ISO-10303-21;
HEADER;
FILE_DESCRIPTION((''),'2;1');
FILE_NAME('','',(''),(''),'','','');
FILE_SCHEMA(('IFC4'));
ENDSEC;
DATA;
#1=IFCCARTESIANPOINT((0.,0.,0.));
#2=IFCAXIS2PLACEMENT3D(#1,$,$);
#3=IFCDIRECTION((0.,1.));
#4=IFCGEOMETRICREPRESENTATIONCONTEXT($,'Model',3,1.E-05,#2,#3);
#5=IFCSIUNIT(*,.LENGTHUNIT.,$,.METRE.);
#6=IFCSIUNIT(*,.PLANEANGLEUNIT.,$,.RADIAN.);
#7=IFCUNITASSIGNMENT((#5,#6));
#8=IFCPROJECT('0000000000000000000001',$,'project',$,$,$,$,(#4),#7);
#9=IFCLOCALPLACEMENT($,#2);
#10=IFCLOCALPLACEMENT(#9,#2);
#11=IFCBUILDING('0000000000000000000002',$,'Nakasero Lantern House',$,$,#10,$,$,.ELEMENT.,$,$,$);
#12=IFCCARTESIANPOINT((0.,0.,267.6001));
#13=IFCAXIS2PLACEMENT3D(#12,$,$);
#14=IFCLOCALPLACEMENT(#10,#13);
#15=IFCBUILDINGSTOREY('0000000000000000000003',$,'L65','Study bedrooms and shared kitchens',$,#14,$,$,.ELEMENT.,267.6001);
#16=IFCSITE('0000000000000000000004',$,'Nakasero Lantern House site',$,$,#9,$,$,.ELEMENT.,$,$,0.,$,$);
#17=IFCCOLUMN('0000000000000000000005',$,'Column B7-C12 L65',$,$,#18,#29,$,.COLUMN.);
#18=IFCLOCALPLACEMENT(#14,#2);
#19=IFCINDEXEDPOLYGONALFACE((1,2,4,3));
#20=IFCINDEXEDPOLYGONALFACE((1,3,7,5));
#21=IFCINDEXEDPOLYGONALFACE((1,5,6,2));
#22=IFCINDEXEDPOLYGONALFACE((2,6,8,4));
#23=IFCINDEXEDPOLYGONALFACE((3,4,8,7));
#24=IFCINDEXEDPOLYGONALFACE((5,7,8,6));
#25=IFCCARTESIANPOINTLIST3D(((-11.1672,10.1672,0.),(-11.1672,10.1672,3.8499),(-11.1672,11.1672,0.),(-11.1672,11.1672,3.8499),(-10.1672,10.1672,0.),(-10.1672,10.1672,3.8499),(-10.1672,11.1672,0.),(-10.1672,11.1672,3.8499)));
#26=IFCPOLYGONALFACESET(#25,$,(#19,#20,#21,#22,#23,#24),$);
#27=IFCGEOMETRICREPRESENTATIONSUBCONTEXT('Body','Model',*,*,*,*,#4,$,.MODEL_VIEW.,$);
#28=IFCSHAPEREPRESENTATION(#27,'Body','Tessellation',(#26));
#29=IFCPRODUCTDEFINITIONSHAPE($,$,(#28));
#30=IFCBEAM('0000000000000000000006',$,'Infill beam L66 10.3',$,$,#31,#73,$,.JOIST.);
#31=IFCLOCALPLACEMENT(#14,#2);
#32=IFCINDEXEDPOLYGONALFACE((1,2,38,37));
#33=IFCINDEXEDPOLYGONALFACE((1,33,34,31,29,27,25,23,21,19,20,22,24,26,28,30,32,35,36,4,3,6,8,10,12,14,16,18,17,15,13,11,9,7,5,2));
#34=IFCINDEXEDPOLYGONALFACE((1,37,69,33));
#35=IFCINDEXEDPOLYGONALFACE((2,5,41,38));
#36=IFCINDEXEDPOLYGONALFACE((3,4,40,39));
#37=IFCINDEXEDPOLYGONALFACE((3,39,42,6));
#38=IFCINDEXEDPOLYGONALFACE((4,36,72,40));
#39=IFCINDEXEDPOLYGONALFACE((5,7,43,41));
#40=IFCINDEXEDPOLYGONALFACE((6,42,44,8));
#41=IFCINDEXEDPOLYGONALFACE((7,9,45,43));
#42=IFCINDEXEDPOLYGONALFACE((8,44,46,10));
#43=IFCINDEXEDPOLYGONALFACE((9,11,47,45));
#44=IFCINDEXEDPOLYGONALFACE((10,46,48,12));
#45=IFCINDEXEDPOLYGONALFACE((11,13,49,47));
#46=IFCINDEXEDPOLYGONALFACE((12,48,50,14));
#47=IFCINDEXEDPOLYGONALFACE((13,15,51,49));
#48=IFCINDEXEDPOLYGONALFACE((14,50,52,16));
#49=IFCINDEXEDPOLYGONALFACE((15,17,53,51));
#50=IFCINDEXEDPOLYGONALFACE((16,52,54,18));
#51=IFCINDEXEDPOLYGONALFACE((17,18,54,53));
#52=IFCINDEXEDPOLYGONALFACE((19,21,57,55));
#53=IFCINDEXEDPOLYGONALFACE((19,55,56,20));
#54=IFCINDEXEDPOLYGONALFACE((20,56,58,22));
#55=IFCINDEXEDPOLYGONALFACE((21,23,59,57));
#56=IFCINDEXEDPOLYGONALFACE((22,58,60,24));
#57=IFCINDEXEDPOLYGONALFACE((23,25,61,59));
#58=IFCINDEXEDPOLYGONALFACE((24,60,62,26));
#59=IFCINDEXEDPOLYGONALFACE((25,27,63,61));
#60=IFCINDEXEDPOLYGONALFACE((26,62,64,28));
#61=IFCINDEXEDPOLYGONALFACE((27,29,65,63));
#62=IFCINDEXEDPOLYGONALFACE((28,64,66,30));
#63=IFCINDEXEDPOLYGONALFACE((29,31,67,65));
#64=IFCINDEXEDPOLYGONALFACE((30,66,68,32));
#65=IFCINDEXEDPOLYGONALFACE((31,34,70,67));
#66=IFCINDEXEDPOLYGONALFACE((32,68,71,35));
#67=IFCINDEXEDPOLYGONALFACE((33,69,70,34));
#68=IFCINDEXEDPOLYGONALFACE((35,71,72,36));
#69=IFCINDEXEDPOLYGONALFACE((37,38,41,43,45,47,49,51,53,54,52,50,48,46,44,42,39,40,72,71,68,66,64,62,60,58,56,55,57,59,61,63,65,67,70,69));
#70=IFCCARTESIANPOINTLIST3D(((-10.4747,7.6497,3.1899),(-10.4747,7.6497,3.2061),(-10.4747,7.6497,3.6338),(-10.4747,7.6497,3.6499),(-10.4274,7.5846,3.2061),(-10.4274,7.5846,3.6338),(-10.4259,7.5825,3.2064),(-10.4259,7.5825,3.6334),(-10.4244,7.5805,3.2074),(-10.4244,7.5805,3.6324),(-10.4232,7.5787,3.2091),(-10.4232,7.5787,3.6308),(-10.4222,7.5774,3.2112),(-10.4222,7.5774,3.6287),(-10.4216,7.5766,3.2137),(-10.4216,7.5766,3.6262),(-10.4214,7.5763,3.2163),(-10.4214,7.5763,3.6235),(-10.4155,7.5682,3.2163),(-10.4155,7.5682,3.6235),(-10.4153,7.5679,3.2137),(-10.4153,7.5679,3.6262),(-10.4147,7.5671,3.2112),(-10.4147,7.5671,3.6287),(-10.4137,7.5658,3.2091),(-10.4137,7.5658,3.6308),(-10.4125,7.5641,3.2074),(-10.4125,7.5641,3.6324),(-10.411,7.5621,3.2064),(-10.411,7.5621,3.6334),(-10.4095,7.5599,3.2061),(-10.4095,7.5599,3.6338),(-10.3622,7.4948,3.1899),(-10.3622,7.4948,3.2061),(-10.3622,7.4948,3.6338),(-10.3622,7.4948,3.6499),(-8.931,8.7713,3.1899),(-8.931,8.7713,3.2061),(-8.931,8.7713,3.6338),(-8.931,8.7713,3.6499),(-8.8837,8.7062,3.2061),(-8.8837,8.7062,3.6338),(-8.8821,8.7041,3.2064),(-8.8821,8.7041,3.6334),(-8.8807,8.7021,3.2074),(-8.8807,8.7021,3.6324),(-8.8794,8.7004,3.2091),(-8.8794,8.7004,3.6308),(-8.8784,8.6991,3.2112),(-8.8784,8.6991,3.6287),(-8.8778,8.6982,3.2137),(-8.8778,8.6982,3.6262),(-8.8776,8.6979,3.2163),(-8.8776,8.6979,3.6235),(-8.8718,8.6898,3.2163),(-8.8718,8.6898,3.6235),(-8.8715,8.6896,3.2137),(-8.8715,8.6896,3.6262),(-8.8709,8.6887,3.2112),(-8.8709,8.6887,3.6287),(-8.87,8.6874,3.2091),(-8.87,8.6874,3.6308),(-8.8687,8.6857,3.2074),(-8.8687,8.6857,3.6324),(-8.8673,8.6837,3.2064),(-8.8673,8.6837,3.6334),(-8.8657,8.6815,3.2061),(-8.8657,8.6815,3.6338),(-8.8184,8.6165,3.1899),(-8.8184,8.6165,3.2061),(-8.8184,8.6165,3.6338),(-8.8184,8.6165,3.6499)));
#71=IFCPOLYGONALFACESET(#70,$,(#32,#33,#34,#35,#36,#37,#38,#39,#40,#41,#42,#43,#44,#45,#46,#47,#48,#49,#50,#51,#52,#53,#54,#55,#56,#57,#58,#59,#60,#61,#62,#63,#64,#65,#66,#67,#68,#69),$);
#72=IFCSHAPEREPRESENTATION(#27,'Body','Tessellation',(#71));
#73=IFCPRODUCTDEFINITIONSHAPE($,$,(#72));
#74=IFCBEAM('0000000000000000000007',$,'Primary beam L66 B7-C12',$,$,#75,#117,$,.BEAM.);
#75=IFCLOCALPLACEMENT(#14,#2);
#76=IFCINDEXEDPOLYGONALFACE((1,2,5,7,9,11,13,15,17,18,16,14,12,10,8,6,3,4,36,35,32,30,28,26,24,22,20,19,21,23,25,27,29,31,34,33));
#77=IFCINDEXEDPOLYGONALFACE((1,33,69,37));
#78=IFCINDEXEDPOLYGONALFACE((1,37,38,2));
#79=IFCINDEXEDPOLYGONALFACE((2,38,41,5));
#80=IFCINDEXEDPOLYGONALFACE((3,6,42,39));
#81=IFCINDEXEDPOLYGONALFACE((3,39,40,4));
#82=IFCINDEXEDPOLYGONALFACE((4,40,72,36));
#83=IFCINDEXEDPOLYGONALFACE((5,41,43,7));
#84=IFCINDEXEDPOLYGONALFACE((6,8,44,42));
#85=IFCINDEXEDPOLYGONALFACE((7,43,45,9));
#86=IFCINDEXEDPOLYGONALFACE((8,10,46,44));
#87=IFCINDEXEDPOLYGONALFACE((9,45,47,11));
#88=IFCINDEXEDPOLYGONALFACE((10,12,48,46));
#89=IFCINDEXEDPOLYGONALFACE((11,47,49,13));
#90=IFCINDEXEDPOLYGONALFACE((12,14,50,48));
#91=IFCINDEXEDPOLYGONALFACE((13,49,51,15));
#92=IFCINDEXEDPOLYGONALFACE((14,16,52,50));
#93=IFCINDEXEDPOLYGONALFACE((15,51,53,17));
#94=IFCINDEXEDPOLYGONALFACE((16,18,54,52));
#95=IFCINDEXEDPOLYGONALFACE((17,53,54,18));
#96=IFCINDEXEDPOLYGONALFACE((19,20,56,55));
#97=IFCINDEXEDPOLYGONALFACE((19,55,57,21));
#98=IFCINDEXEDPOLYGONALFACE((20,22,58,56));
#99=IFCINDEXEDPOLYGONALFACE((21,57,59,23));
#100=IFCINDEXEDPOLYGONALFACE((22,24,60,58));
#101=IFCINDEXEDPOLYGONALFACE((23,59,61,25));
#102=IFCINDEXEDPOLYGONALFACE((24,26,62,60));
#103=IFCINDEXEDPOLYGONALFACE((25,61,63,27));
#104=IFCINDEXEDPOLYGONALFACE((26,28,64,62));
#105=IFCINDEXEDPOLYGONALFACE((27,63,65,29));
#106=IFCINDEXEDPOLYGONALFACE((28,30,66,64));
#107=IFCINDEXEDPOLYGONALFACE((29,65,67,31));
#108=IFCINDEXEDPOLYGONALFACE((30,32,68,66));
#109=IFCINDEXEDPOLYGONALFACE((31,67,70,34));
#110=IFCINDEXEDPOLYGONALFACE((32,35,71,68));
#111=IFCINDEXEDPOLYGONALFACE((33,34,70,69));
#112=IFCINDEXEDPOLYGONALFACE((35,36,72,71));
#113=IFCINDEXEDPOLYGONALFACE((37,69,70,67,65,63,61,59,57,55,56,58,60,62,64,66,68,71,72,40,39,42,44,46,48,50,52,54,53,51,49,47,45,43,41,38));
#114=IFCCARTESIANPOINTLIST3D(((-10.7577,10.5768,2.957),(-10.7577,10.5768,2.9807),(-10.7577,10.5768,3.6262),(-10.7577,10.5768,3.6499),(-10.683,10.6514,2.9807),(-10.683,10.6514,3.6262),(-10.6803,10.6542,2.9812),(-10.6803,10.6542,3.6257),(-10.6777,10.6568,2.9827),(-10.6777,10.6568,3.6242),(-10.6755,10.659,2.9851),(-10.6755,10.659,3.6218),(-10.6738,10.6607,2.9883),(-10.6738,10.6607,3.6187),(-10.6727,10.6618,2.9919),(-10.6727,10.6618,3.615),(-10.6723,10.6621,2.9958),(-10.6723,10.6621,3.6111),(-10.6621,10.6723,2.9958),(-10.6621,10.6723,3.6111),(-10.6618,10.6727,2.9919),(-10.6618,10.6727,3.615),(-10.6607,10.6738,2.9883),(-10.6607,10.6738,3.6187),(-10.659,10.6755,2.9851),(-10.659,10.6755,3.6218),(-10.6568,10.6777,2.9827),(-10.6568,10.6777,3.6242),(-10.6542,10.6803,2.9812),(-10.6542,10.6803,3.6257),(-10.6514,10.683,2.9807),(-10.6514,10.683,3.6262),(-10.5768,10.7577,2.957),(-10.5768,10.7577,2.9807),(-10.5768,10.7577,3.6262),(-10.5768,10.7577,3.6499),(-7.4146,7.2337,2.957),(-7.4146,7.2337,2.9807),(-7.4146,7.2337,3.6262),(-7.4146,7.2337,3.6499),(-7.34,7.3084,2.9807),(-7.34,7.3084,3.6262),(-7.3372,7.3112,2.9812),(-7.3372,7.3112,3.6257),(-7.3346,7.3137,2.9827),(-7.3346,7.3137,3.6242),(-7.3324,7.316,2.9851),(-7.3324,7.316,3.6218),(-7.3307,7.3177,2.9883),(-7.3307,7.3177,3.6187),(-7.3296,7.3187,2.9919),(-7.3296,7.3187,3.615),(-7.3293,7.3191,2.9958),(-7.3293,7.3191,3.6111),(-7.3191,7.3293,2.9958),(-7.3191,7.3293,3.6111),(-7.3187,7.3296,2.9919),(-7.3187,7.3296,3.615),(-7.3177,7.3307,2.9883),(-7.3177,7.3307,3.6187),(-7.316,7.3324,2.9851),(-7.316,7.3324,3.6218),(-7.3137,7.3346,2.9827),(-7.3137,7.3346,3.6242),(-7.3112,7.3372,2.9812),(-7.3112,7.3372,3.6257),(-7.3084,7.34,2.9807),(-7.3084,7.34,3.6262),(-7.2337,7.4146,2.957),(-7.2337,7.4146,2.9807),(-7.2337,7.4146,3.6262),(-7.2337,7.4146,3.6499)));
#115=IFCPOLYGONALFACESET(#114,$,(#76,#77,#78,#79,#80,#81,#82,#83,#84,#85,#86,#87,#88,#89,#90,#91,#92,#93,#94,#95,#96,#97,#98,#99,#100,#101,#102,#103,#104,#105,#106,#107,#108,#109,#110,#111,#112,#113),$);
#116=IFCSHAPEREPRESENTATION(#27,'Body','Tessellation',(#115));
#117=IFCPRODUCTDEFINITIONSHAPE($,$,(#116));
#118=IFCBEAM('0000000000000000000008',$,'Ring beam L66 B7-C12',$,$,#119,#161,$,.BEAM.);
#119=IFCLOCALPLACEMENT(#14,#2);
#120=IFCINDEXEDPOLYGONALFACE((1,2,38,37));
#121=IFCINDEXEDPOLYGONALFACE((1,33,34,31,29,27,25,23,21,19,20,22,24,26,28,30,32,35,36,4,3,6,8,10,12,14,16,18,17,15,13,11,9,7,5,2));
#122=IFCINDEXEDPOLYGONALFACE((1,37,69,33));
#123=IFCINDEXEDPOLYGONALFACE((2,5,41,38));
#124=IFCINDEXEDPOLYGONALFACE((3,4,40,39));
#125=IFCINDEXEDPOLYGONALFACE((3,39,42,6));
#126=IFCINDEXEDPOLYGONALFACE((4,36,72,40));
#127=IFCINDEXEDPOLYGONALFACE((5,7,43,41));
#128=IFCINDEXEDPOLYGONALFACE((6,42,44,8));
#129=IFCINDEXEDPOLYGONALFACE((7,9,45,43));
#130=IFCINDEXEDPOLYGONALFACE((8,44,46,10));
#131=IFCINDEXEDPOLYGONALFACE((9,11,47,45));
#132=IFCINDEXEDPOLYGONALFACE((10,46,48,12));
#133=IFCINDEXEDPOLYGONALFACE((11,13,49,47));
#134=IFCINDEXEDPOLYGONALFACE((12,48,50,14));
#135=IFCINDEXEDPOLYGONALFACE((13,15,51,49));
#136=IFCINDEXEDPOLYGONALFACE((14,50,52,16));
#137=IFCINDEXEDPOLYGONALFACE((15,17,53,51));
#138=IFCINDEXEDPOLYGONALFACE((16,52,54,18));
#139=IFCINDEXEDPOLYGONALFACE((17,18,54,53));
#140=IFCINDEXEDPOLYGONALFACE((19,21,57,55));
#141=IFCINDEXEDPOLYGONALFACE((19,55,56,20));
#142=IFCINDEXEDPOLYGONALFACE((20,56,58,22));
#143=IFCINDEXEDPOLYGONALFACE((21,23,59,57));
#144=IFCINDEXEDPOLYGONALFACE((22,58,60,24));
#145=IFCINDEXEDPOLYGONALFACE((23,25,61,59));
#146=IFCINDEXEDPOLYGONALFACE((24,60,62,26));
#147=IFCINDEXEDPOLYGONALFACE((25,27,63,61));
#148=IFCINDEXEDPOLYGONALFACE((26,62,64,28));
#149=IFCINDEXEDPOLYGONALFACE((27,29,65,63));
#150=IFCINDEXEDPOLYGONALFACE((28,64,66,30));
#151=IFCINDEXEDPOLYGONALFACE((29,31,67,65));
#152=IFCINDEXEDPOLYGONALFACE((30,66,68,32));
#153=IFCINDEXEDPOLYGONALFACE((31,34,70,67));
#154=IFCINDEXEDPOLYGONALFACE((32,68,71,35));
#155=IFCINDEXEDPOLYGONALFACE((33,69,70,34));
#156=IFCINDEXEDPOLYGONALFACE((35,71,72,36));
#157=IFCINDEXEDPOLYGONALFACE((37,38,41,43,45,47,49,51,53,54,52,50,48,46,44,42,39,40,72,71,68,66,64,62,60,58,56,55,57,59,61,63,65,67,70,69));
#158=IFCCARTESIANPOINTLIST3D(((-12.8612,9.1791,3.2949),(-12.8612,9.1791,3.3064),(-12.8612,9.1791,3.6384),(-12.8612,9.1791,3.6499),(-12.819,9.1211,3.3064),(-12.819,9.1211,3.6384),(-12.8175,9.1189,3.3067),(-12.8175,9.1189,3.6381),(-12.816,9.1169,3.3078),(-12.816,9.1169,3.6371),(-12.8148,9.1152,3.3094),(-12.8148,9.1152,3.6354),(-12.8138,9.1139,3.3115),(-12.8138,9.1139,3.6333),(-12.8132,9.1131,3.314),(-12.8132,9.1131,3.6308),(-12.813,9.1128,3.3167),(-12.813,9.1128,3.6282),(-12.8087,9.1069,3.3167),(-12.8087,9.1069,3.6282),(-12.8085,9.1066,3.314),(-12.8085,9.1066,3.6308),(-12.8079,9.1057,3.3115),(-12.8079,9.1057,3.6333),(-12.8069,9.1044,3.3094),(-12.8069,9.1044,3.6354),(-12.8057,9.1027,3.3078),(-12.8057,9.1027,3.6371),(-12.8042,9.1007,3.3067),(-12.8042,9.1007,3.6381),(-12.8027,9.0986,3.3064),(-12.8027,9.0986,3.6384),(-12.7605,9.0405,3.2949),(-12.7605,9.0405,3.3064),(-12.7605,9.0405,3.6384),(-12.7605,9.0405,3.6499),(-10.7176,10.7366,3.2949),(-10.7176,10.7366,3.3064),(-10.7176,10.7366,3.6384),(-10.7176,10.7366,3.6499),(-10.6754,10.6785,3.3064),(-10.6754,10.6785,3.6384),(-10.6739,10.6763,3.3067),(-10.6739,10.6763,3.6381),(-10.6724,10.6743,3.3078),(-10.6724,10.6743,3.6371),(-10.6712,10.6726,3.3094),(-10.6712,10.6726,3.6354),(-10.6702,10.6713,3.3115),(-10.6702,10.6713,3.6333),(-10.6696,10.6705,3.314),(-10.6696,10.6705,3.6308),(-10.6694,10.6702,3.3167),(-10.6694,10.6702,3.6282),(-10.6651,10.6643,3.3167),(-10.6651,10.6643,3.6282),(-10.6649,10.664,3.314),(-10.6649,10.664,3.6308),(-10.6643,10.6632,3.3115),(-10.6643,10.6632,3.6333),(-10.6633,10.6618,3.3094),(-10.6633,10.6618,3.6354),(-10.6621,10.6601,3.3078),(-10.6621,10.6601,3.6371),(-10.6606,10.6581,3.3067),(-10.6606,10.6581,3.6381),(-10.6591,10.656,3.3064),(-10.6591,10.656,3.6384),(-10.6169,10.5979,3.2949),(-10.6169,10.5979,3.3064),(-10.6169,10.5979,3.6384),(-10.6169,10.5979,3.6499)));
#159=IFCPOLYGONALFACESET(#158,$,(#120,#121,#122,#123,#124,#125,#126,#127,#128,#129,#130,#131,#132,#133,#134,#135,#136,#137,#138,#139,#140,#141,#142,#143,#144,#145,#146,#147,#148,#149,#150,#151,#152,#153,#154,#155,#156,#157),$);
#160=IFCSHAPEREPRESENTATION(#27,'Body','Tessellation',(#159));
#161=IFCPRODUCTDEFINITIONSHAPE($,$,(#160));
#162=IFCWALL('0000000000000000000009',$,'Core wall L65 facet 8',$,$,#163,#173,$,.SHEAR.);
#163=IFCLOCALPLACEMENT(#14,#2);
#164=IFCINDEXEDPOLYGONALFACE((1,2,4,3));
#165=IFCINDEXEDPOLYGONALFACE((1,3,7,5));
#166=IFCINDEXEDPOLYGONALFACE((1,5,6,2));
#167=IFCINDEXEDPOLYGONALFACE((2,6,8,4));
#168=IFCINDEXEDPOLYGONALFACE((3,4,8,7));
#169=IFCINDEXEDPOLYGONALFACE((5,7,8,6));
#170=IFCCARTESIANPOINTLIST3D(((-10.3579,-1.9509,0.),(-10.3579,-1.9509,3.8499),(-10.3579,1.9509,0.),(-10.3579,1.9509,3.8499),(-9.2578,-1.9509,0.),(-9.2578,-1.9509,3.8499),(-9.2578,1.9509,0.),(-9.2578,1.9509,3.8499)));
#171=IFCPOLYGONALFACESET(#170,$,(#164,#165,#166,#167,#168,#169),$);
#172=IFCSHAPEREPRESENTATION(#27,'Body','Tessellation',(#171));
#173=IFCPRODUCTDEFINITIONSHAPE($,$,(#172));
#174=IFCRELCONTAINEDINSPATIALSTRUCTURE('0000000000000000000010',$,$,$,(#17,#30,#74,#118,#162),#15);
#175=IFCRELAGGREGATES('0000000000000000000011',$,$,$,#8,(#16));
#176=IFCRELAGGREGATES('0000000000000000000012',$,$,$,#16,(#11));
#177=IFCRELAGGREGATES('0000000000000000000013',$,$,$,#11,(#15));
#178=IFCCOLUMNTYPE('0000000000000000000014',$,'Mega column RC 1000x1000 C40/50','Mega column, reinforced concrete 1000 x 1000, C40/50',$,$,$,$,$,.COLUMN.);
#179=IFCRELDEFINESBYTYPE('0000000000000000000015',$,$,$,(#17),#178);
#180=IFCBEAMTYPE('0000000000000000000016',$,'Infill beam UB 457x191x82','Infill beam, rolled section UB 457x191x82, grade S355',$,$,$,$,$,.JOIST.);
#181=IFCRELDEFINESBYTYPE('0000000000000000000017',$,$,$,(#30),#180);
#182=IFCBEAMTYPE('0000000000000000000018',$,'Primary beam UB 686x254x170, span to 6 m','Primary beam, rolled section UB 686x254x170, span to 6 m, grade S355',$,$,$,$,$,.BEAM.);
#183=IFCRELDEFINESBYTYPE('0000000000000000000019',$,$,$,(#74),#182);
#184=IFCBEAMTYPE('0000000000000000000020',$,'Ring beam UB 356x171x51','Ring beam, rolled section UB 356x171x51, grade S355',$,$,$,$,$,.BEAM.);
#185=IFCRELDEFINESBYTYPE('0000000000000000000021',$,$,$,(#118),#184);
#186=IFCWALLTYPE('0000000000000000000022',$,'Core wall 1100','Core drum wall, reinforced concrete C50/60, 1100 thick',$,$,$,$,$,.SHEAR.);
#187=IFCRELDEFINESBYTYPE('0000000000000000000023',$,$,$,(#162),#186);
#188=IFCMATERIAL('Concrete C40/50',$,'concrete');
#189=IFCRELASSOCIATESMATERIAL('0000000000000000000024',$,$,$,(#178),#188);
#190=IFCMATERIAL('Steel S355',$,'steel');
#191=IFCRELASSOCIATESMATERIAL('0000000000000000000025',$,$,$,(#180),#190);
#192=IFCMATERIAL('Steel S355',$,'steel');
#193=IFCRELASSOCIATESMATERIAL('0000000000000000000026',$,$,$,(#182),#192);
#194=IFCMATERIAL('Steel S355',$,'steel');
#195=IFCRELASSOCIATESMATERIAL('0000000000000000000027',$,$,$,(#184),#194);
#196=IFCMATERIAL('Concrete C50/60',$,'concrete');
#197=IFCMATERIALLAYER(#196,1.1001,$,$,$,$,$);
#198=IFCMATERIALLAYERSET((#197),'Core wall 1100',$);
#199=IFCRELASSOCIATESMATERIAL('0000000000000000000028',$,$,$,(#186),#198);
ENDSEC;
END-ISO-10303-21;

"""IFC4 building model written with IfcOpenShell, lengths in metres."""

from ifc_helpers import new_model, si_unit, direction, frame, frame_2d, origin, origin_2d, place, context, subcontext, project, spatial, rectangle, i_section, extrude, material, layer, layer_set, material_profile, profile_set, type_object, element, save


model = new_model("IFC4")

# Units and contexts
model_context = context("Model", 3, precision=1e-05, world=origin(), true_north=direction((0.0, 1.0)))
body_context = subcontext(model_context, "Body", "Model", "MODEL_VIEW")
ifc_project = project(units=[si_unit("LENGTHUNIT", "METRE"), si_unit("PLANEANGLEUNIT", "RADIAN")], contexts=[model_context])

# Site, building, storey
site_placement = place(None, origin())
site = spatial("IfcSite", under=ifc_project, at=site_placement, Name="Nakasero Lantern House site", CompositionType="ELEMENT", RefElevation=0.0)
building_placement = place(site_placement, origin())
building = spatial("IfcBuilding", under=site, at=building_placement, Name="Nakasero Lantern House", CompositionType="ELEMENT")
storey_placement = place(building_placement, frame((0.0, 0.0, 267.6001)))
storey = spatial("IfcBuildingStorey", under=building, at=storey_placement, Name="L65", Description="Study bedrooms and shared kitchens", CompositionType="ELEMENT", Elevation=267.6001)

# Column
ifc_material_1 = material(Name="Concrete C40/50", Category="concrete")
ifc_material_profile_1 = material_profile(ifc_material_1, rectangle(XDim=1.0, YDim=1.0, at=origin_2d()), Name="RC 1000x1000")
ifc_profile_set_1 = profile_set([ifc_material_profile_1], Name="Concrete C40/50")
column_type = type_object("IfcColumnType", Name="Mega column RC 1000x1000 C40/50", Description="Mega column, reinforced concrete 1000 x 1000, C40/50", PredefinedType="COLUMN", material=ifc_profile_set_1)
column_placement = place(storey_placement, frame((-10.6672, 10.6672, 0.0), z_axis=(0.0, 0.0, 1.0), x_axis=(1.0, 0.0, 0.0)))
element("IfcColumn", 1, at=column_placement, inside=storey, type_object=column_type, Name="Column B7-C12 L65", PredefinedType="COLUMN", context=body_context, shape_type="SweptSolid", body=[
    extrude(rectangle(XDim=1.0, YDim=1.0, at=origin_2d()), origin(), (0.0, 0.0, 1.0), 3.8499),
])

# Beams
ifc_material_2 = material(Name="Steel S355", Category="steel")
ifc_material_profile_2 = material_profile(ifc_material_2, i_section(OverallWidth=0.1914, OverallDepth=0.46, WebThickness=0.01, FlangeThickness=0.0161, FilletRadius=0.0103, at=origin_2d()), Name="UB 457x191x82")
ifc_profile_set_2 = profile_set([ifc_material_profile_2], Name="Steel S355")
beam_type_1 = type_object("IfcBeamType", Name="Infill beam UB 457x191x82", Description="Infill beam, rolled section UB 457x191x82, grade S355", PredefinedType="JOIST", material=ifc_profile_set_2)
beam_1_placement = place(storey_placement, frame((-10.4185, 7.5723, 3.4199), z_axis=(0.809013, 0.587791, 0.0), x_axis=(-0.587791, 0.809013, 0.0)))
element("IfcBeam", 2, at=beam_1_placement, inside=storey, type_object=beam_type_1, Name="Infill beam L66 10.3", PredefinedType="JOIST", context=body_context, shape_type="SweptSolid", body=[
    extrude(i_section(OverallWidth=0.1914, OverallDepth=0.46, WebThickness=0.01, FlangeThickness=0.0161, FilletRadius=0.0103, at=origin_2d()), origin(), (0.0, 0.0, 1.0), 1.9082),
])
ifc_material_3 = material(Name="Steel S355", Category="steel")
ifc_material_profile_3 = material_profile(ifc_material_3, i_section(OverallWidth=0.2559, OverallDepth=0.6929, WebThickness=0.0144, FlangeThickness=0.0237, FilletRadius=0.0151, at=origin_2d()), Name="UB 686x254x170")
ifc_profile_set_3 = profile_set([ifc_material_profile_3], Name="Steel S355")
beam_type_2 = type_object("IfcBeamType", Name="Primary beam UB 686x254x170, span to 6 m", Description="Primary beam, rolled section UB 686x254x170, span to 6 m, grade S355", PredefinedType="BEAM", material=ifc_profile_set_3)
beam_2_placement = place(storey_placement, frame((-10.6672, 10.6672, 3.3035), z_axis=(0.707107, -0.707107, 0.0), x_axis=(0.707107, 0.707107, 0.0)))
element("IfcBeam", 3, at=beam_2_placement, inside=storey, type_object=beam_type_2, Name="Primary beam L66 B7-C12", PredefinedType="BEAM", context=body_context, shape_type="SweptSolid", body=[
    extrude(i_section(OverallWidth=0.2559, OverallDepth=0.6929, WebThickness=0.0144, FlangeThickness=0.0237, FilletRadius=0.0151, at=origin_2d()), origin(), (0.0, 0.0, 1.0), 4.7278),
])
ifc_material_4 = material(Name="Steel S355", Category="steel")
ifc_material_profile_4 = material_profile(ifc_material_4, i_section(OverallWidth=0.1714, OverallDepth=0.355, WebThickness=0.0073, FlangeThickness=0.0115, FilletRadius=0.0103, at=origin_2d()), Name="UB 356x171x51")
ifc_profile_set_4 = profile_set([ifc_material_profile_4], Name="Steel S355")
beam_type_3 = type_object("IfcBeamType", Name="Ring beam UB 356x171x51", Description="Ring beam, rolled section UB 356x171x51, grade S355", PredefinedType="BEAM", material=ifc_profile_set_4)
beam_3_placement = place(storey_placement, frame((-10.6672, 10.6672, 3.4724), z_axis=(-0.809019, -0.587783, 0.0), x_axis=(0.587783, -0.809019, 0.0)))
element("IfcBeam", 4, at=beam_3_placement, inside=storey, type_object=beam_type_3, Name="Ring beam L66 B7-C12", PredefinedType="BEAM", context=body_context, shape_type="SweptSolid", body=[
    extrude(i_section(OverallWidth=0.1714, OverallDepth=0.355, WebThickness=0.0073, FlangeThickness=0.0115, FilletRadius=0.0103, at=origin_2d()), origin(), (0.0, 0.0, 1.0), 2.6497),
])

# Wall
ifc_material_5 = material(Name="Concrete C50/60", Category="concrete")
ifc_layer_1 = layer(ifc_material_5, 1.1001)
ifc_layer_set_1 = layer_set([ifc_layer_1], Name="Core wall 1100")
wall_type_1 = type_object("IfcWallType", Name="Core wall 1100", Description="Core drum wall, reinforced concrete C50/60, 1100 thick", PredefinedType="SHEAR", material=ifc_layer_set_1)
wall_1_placement = place(storey_placement, frame((-9.8079, 1.9509, 0.0), z_axis=(0.0, 0.0, 1.0), x_axis=(0.0, -1.0, 0.0)))
element("IfcWall", 5, at=wall_1_placement, inside=storey, type_object=wall_type_1, Name="Core wall L65 facet 8", PredefinedType="SHEAR", context=body_context, shape_type="SweptSolid", body=[
    extrude(rectangle(XDim=3.9019, YDim=1.1001, at=frame_2d((1.9509, 0.0))), origin(), (0.0, 0.0, 1.0), 3.8499),
])

save(model, "model.ifc")
